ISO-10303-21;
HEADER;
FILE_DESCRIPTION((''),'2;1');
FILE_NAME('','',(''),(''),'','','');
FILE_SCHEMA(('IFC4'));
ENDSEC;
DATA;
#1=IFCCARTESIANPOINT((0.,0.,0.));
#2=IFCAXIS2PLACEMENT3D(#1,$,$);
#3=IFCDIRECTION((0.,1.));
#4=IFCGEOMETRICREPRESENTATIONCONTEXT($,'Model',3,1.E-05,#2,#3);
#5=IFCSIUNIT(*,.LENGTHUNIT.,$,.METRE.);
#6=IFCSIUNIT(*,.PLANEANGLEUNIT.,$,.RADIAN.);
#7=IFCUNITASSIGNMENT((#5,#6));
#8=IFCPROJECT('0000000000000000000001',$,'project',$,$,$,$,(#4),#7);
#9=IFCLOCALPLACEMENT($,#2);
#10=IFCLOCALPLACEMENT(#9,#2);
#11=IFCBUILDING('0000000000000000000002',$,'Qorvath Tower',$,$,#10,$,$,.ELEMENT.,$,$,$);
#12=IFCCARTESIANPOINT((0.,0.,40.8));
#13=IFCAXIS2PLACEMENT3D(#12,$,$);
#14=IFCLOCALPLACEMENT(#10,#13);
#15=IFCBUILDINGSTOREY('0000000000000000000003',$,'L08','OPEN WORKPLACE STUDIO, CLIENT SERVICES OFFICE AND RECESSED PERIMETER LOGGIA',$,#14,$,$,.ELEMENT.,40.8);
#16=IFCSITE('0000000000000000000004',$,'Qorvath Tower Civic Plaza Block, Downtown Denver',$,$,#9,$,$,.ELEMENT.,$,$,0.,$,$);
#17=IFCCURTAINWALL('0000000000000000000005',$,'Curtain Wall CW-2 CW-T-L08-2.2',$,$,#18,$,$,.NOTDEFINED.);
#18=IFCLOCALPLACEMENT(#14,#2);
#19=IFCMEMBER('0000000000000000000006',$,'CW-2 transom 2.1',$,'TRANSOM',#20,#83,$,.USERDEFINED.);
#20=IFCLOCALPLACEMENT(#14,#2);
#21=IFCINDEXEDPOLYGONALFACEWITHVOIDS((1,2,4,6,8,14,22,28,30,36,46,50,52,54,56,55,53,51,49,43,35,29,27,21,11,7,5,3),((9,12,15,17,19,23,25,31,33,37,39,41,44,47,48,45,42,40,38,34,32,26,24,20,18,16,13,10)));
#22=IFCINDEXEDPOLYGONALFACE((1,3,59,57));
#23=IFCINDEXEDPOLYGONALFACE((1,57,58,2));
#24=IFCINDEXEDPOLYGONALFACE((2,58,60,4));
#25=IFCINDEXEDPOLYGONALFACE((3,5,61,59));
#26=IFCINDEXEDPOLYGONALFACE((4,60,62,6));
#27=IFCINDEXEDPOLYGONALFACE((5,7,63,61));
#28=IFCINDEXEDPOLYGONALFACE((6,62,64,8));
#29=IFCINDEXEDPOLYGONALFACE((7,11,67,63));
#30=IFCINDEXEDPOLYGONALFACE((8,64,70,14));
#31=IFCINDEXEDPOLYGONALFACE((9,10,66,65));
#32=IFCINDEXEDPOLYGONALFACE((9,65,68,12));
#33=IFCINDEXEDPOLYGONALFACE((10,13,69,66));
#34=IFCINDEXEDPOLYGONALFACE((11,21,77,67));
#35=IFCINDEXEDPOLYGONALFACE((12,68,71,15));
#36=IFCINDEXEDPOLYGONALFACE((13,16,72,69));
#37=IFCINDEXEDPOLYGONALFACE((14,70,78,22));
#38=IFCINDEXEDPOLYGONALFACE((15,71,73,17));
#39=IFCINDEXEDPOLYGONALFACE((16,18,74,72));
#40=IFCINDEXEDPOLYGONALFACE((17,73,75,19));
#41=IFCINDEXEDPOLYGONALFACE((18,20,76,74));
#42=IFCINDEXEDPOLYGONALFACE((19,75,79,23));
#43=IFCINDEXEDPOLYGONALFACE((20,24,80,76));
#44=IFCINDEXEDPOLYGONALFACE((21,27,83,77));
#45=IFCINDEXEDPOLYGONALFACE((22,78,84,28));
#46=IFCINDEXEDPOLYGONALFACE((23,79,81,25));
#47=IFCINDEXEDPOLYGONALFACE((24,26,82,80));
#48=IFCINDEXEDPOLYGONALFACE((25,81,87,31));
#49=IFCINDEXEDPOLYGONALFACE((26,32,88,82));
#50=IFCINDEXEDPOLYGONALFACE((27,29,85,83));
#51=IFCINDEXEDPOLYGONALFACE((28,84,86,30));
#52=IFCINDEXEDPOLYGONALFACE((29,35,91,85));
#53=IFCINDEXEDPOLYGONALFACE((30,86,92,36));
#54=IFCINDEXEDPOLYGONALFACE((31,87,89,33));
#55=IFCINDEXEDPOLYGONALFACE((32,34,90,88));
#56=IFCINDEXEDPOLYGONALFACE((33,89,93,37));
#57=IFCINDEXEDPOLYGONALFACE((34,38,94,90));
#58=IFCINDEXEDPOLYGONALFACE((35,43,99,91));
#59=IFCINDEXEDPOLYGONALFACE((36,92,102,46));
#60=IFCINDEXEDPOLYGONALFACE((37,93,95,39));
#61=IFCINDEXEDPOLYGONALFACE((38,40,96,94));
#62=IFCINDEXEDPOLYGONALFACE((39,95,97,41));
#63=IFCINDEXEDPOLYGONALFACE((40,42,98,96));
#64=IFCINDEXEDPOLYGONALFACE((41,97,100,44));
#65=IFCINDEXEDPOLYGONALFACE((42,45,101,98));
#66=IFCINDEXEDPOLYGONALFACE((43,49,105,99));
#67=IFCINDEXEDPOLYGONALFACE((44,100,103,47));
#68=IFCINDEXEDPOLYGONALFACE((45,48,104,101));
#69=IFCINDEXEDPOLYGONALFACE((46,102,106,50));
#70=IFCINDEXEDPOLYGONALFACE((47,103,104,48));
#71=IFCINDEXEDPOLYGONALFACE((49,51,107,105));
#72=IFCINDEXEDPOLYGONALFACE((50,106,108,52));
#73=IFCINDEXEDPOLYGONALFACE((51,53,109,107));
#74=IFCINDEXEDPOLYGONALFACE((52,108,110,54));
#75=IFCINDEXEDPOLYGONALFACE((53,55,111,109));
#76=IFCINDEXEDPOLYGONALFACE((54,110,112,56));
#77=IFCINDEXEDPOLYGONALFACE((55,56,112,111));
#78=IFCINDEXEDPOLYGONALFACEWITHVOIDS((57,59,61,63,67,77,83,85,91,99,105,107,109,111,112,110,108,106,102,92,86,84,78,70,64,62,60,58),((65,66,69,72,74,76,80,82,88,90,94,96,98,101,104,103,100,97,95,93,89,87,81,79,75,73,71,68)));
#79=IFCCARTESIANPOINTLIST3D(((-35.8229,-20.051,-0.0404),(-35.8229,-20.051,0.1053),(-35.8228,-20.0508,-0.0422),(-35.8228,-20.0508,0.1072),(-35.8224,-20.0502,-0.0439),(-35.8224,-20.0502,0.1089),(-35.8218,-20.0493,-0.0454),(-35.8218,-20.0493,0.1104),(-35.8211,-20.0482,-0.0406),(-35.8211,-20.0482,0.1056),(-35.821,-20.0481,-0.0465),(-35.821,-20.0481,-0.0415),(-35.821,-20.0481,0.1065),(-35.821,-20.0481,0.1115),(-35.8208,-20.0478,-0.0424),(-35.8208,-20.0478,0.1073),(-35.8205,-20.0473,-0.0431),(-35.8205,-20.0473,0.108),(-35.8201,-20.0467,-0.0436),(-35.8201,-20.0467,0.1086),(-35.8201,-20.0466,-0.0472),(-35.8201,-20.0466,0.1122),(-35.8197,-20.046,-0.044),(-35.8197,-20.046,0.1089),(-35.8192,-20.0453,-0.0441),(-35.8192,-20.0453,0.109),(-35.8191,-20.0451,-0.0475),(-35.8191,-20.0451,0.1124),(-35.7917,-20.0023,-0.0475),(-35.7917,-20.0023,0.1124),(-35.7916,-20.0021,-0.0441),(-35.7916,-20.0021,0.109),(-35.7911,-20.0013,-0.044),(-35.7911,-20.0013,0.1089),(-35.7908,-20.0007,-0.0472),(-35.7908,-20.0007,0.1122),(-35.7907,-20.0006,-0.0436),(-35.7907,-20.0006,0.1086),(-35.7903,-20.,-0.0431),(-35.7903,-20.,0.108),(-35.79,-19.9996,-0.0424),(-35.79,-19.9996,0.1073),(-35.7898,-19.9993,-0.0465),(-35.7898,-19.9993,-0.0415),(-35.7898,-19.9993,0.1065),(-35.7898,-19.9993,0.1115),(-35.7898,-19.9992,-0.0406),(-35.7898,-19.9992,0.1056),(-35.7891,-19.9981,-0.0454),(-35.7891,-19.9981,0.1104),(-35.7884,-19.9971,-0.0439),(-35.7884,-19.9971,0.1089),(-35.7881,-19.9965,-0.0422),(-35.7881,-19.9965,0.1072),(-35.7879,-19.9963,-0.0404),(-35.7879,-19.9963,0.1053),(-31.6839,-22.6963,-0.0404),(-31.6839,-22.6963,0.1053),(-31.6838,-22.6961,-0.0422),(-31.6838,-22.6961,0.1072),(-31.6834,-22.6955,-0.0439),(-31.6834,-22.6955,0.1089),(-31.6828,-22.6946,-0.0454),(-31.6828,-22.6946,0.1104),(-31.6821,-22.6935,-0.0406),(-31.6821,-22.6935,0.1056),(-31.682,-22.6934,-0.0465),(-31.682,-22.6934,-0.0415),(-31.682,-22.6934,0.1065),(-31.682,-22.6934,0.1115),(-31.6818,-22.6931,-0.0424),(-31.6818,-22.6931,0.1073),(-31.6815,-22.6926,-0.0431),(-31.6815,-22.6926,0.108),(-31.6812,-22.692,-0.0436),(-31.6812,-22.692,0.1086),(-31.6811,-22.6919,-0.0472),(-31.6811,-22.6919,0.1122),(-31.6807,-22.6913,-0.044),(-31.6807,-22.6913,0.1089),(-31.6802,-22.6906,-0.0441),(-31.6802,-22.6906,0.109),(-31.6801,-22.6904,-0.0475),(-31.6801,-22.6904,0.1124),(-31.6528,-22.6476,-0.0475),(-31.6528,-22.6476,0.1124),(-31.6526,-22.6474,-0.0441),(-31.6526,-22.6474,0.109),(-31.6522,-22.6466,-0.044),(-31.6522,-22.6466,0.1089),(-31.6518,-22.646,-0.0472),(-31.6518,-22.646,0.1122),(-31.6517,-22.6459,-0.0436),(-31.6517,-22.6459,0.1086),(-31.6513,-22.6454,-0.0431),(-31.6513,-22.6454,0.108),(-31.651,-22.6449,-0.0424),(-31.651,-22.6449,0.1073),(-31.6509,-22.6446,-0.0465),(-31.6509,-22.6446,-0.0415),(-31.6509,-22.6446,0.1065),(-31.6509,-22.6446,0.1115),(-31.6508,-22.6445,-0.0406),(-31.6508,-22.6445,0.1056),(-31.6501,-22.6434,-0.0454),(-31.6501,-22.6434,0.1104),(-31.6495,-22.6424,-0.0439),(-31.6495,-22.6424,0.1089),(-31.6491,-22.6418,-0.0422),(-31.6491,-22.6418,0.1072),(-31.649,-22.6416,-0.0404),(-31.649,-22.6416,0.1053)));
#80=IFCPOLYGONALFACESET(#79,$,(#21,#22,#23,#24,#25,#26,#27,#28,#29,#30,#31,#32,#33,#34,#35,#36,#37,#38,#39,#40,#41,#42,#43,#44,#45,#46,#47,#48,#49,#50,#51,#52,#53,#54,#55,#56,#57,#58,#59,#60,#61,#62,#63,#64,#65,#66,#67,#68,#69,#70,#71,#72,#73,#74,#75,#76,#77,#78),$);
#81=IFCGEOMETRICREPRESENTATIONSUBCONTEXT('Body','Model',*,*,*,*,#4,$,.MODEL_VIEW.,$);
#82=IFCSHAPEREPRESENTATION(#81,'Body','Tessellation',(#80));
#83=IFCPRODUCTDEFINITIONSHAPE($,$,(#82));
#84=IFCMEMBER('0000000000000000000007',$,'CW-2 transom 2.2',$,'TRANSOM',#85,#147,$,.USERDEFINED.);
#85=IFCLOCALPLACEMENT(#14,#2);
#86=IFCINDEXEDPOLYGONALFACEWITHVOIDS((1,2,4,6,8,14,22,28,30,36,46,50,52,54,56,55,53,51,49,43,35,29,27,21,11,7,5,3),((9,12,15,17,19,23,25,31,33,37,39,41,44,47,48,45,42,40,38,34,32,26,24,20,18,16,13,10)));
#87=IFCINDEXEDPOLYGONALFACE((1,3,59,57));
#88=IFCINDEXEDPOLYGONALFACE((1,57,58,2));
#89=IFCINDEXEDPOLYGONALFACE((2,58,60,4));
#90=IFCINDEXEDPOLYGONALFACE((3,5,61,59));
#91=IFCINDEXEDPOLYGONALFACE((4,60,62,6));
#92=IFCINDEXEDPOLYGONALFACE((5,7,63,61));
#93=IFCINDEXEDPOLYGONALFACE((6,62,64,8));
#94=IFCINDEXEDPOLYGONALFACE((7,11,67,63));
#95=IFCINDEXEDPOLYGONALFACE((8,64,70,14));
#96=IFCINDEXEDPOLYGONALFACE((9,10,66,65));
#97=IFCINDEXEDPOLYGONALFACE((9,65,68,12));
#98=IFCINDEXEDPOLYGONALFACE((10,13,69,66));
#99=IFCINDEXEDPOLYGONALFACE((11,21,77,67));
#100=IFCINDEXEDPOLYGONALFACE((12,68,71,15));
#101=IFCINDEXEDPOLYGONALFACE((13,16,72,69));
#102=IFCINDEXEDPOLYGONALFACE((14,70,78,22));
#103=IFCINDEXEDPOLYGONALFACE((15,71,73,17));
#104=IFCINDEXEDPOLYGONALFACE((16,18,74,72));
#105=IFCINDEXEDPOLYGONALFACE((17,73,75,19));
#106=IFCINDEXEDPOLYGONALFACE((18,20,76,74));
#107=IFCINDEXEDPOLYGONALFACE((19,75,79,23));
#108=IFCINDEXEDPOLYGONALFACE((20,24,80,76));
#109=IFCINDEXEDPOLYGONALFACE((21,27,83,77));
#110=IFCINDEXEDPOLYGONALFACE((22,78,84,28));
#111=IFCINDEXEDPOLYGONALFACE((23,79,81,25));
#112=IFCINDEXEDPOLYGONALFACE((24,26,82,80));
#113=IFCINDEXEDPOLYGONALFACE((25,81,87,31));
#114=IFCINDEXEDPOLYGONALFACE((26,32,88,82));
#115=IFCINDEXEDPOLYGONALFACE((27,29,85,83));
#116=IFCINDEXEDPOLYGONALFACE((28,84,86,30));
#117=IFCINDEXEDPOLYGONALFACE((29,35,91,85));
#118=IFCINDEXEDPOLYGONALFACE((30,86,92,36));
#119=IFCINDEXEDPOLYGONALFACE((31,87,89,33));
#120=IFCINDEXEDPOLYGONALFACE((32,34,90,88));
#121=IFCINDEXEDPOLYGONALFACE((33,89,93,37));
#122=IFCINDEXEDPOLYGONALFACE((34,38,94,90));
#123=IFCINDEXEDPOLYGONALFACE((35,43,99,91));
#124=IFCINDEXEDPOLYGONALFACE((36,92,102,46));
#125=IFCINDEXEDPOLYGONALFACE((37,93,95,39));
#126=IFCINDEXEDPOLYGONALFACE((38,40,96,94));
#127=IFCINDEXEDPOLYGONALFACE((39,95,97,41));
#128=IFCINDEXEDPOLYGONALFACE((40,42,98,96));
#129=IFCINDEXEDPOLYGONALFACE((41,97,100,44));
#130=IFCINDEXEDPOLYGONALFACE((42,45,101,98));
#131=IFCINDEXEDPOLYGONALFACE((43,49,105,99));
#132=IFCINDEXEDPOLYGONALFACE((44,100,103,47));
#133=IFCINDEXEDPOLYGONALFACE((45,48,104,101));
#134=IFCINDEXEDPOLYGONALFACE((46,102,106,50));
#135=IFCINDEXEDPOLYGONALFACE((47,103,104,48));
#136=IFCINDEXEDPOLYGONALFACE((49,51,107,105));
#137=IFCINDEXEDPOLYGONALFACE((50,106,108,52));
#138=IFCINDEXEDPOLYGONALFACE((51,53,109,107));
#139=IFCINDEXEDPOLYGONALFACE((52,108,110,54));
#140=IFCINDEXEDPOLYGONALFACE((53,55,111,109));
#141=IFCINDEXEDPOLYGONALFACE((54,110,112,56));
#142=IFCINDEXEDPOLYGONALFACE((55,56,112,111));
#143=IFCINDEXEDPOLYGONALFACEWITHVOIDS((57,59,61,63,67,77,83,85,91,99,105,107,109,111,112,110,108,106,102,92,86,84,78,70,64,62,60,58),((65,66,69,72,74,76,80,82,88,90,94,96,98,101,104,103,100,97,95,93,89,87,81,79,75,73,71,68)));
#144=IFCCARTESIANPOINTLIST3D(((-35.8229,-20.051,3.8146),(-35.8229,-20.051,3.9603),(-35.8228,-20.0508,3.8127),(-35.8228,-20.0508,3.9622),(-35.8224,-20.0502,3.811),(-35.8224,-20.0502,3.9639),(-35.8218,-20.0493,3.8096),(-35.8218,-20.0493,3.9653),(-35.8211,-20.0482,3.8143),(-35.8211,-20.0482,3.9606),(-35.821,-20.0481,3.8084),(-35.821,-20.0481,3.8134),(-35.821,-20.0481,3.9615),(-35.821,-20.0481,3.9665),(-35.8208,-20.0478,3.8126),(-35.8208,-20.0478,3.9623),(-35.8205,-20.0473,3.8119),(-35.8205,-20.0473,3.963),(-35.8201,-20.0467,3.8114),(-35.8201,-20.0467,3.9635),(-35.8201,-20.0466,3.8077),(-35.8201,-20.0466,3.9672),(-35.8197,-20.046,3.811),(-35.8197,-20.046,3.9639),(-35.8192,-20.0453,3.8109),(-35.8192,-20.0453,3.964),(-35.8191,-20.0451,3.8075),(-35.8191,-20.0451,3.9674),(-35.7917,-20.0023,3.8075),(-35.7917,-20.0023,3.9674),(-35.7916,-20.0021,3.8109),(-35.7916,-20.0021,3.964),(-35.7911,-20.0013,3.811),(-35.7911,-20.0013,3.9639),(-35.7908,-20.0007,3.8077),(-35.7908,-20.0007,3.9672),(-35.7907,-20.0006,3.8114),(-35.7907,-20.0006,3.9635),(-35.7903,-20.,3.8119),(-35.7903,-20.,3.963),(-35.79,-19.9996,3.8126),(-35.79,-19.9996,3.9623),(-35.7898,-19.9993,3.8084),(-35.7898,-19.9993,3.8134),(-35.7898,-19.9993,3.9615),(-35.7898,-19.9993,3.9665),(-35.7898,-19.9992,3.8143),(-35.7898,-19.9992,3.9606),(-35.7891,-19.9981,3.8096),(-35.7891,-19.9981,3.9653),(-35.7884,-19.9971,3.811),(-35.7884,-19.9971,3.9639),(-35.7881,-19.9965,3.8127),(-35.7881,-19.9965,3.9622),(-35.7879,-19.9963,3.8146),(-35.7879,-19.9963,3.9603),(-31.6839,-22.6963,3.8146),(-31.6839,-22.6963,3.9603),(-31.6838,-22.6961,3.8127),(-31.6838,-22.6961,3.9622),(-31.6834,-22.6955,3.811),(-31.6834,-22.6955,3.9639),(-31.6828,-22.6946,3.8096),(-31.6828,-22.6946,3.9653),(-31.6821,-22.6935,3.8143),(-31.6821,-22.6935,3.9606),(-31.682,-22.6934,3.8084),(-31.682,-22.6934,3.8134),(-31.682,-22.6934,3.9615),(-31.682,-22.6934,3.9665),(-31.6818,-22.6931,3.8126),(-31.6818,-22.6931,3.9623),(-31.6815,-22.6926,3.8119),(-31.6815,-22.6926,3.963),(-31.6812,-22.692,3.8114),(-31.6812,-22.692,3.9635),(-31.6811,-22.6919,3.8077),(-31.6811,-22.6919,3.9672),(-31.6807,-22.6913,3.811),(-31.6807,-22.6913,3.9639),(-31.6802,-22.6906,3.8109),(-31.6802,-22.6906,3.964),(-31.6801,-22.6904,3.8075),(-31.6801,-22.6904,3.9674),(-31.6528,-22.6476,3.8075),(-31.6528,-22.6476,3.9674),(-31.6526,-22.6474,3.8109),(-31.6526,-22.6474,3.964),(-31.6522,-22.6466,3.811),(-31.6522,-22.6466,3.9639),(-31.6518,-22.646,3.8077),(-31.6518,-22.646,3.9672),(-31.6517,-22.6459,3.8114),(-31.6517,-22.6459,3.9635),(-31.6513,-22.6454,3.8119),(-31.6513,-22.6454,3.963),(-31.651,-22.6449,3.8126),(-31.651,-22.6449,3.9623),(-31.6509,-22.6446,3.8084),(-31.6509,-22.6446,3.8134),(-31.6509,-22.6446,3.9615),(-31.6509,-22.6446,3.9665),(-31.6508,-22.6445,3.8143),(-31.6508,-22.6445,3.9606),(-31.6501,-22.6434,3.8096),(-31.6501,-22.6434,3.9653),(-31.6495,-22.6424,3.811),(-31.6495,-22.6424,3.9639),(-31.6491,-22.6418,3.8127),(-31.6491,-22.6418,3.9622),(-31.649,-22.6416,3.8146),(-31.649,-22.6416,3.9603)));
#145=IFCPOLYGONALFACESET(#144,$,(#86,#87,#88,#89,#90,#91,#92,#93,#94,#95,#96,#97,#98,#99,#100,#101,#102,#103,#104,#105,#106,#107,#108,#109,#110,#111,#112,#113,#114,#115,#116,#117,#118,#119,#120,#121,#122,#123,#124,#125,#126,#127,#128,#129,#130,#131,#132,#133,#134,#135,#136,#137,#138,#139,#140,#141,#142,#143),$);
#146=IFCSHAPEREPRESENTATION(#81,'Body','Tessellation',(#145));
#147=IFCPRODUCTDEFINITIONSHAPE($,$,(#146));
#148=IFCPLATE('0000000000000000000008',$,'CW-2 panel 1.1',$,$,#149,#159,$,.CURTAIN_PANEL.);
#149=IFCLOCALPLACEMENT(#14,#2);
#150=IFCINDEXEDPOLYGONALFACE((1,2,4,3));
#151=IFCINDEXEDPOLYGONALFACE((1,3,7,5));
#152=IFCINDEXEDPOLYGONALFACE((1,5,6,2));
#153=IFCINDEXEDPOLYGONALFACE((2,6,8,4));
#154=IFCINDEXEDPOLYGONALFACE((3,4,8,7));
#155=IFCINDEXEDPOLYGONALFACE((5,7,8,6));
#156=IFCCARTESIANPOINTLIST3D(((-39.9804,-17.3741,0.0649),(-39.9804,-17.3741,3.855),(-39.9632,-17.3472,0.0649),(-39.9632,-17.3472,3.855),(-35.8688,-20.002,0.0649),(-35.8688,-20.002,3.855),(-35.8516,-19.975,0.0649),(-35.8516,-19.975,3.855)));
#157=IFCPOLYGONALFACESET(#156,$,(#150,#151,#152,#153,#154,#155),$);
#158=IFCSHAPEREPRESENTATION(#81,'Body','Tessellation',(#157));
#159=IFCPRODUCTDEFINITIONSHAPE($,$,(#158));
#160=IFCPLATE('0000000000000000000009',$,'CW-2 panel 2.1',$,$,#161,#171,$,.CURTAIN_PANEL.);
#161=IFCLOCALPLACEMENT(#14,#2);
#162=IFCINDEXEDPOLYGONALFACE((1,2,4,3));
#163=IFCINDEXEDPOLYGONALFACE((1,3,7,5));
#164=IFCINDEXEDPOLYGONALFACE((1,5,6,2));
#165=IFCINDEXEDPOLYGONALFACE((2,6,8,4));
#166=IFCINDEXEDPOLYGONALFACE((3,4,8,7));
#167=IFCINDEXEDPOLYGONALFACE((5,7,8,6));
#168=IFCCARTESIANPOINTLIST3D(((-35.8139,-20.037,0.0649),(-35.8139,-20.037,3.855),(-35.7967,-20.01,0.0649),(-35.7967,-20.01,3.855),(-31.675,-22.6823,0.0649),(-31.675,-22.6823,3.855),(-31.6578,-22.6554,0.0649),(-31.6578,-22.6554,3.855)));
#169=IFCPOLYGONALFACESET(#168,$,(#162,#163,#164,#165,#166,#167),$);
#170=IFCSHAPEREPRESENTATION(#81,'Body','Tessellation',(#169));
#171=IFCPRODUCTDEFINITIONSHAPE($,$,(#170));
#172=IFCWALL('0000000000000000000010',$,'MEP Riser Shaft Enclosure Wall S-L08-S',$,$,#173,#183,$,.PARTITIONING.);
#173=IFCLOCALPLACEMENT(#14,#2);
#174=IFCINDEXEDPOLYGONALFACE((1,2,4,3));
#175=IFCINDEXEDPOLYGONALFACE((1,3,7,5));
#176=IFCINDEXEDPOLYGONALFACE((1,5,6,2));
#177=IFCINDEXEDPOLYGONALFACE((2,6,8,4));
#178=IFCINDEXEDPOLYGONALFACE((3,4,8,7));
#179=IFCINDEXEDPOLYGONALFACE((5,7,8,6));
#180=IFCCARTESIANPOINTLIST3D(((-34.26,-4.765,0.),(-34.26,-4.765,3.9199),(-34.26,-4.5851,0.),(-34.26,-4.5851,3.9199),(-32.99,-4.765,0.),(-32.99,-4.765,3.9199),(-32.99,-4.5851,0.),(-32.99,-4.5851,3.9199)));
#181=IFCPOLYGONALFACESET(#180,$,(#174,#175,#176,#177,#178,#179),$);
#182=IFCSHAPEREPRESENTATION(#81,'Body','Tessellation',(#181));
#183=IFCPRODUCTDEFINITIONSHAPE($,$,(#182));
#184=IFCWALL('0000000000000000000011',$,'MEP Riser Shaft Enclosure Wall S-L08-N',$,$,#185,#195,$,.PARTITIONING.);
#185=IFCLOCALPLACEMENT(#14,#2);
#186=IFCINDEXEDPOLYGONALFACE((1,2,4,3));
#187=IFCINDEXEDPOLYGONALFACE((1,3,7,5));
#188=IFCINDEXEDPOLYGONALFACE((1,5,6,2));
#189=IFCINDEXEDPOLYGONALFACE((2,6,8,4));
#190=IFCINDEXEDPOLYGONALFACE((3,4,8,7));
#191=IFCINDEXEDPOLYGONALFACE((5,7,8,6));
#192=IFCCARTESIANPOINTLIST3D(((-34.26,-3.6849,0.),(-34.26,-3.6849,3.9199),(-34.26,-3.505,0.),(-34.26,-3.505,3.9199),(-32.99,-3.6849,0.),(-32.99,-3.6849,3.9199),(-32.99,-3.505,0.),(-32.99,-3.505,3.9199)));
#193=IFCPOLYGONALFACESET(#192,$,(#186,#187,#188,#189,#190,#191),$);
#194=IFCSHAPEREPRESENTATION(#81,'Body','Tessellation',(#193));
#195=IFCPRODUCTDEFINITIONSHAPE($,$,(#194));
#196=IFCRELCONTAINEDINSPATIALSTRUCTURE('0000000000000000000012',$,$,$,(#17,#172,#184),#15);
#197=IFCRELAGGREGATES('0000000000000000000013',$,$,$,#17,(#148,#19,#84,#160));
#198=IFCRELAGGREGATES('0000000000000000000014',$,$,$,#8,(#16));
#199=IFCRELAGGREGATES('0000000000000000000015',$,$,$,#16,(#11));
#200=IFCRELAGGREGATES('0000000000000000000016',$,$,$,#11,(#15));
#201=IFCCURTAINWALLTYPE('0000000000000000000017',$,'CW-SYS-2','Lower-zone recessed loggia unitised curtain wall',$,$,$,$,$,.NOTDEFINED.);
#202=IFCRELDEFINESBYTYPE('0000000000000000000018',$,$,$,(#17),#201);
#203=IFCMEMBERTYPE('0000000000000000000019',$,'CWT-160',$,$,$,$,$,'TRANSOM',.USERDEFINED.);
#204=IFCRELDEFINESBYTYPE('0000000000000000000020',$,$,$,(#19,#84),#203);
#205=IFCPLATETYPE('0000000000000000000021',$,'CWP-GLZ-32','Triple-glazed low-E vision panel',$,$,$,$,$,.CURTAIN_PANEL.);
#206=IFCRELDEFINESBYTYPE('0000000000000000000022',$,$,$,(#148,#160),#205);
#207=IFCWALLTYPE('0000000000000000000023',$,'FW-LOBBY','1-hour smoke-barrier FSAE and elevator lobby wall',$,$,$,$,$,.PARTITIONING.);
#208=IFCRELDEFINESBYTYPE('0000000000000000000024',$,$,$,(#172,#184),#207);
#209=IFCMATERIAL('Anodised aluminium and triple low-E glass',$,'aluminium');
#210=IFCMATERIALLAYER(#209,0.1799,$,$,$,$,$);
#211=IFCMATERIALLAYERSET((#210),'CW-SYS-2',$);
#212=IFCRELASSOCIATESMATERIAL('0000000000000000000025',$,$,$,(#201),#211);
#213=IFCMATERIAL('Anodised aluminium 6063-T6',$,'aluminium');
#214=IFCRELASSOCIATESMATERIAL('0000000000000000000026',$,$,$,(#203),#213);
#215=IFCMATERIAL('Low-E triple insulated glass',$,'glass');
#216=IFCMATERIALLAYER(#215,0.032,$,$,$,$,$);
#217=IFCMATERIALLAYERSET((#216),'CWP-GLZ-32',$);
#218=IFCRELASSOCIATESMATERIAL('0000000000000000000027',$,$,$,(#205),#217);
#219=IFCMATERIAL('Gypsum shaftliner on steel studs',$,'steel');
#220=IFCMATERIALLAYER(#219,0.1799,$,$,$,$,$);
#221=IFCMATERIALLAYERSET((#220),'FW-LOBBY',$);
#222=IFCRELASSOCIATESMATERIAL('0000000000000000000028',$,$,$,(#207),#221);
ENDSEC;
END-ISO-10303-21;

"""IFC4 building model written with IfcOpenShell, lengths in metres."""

from ifc_helpers import new_model, si_unit, direction, frame, frame_2d, origin, origin_2d, place, context, subcontext, project, spatial, rectangle, hollow_rectangle, extrude, material, layer, layer_set, material_profile, profile_set, type_object, element, aggregate, save


model = new_model("IFC4")

# Units and contexts
model_context = context("Model", 3, precision=1e-05, world=origin(), true_north=direction((0.0, 1.0)))
body_context = subcontext(model_context, "Body", "Model", "MODEL_VIEW")
ifc_project = project(units=[si_unit("LENGTHUNIT", "METRE"), si_unit("PLANEANGLEUNIT", "RADIAN")], contexts=[model_context])

# Site, building, storey
site_placement = place(None, origin())
site = spatial("IfcSite", under=ifc_project, at=site_placement, Name="Qorvath Tower Civic Plaza Block, Downtown Denver", CompositionType="ELEMENT", RefElevation=0.0)
building_placement = place(site_placement, origin())
building = spatial("IfcBuilding", under=site, at=building_placement, Name="Qorvath Tower", CompositionType="ELEMENT")
storey_placement = place(building_placement, frame((0.0, 0.0, 40.8)))
storey = spatial("IfcBuildingStorey", under=building, at=storey_placement, Name="L08", Description="OPEN WORKPLACE STUDIO, CLIENT SERVICES OFFICE AND RECESSED PERIMETER LOGGIA", CompositionType="ELEMENT", Elevation=40.8)

# Curtain wall, members, plates
ifc_material_1 = material(Name="Anodised aluminium and triple low-E glass", Category="aluminium")
ifc_layer_1 = layer(ifc_material_1, 0.1799)
ifc_layer_set_1 = layer_set([ifc_layer_1], Name="CW-SYS-2")
curtain_wall_type = type_object("IfcCurtainWallType", Name="CW-SYS-2", Description="Lower-zone recessed loggia unitised curtain wall", PredefinedType="NOTDEFINED", material=ifc_layer_set_1)
curtain_wall_placement = place(storey_placement, origin())
curtain_wall = element("IfcCurtainWall", 1, at=curtain_wall_placement, inside=storey, type_object=curtain_wall_type, Name="Curtain Wall CW-2 CW-T-L08-2.2", PredefinedType="NOTDEFINED")
ifc_material_2 = material(Name="Anodised aluminium 6063-T6", Category="aluminium")
ifc_material_profile_1 = material_profile(ifc_material_2, hollow_rectangle(XDim=0.0649, YDim=0.1599, WallThickness=0.0034, InnerFilletRadius=0.0034, OuterFilletRadius=0.0071, at=origin_2d()), Name="CWT 160x65")
ifc_profile_set_1 = profile_set([ifc_material_profile_1], Name="Anodised aluminium 6063-T6")
member_type_1 = type_object("IfcMemberType", Name="CWT-160", ElementType="TRANSOM", PredefinedType="USERDEFINED", material=ifc_profile_set_1)
member_1_placement = place(storey_placement, frame((-35.8054, -20.0237, 0.0325), z_axis=(0.842608, -0.538528, 0.0), x_axis=(0.538528, 0.842608, 0.0)))
member_1 = element("IfcMember", 2, at=member_1_placement, type_object=member_type_1, Name="CW-2 transom 2.1", ObjectType="TRANSOM", PredefinedType="USERDEFINED", context=body_context, shape_type="SweptSolid", body=[
    extrude(hollow_rectangle(XDim=0.0649, YDim=0.1599, WallThickness=0.0034, InnerFilletRadius=0.0034, OuterFilletRadius=0.0071, at=origin_2d()), origin(), (0.0, 0.0, 1.0), 4.9121),
])
member_2_placement = place(storey_placement, frame((-35.8054, -20.0237, 3.8875), z_axis=(0.842608, -0.538528, 0.0), x_axis=(0.538528, 0.842608, 0.0)))
member_2 = element("IfcMember", 3, at=member_2_placement, type_object=member_type_1, Name="CW-2 transom 2.2", ObjectType="TRANSOM", PredefinedType="USERDEFINED", context=body_context, shape_type="SweptSolid", body=[
    extrude(hollow_rectangle(XDim=0.0649, YDim=0.1599, WallThickness=0.0034, InnerFilletRadius=0.0034, OuterFilletRadius=0.0071, at=origin_2d()), origin(), (0.0, 0.0, 1.0), 4.9121),
])
ifc_material_3 = material(Name="Low-E triple insulated glass", Category="glass")
ifc_layer_2 = layer(ifc_material_3, 0.032)
ifc_layer_set_2 = layer_set([ifc_layer_2], Name="CWP-GLZ-32")
plate_type = type_object("IfcPlateType", Name="CWP-GLZ-32", Description="Triple-glazed low-E vision panel", PredefinedType="CURTAIN_PANEL", material=ifc_layer_set_2)
plate_1_placement = place(storey_placement, frame((-37.916, -18.6746, 0.0649), z_axis=(0.0, 0.0, 1.0), x_axis=(0.842602, -0.538537, 0.0)))
plate_1 = element("IfcPlate", 4, at=plate_1_placement, type_object=plate_type, Name="CW-2 panel 1.1", PredefinedType="CURTAIN_PANEL", context=body_context, shape_type="SweptSolid", body=[
    extrude(rectangle(XDim=4.8796, YDim=0.032, at=origin_2d()), origin(), (0.0, 0.0, 1.0), 3.79),
])
plate_2_placement = place(storey_placement, frame((-33.7358, -21.3462, 0.0649), z_axis=(0.0, 0.0, 1.0), x_axis=(0.842602, -0.538537, 0.0)))
plate_2 = element("IfcPlate", 5, at=plate_2_placement, type_object=plate_type, Name="CW-2 panel 2.1", PredefinedType="CURTAIN_PANEL", context=body_context, shape_type="SweptSolid", body=[
    extrude(rectangle(XDim=4.9121, YDim=0.032, at=origin_2d()), origin(), (0.0, 0.0, 1.0), 3.79),
])
aggregate(curtain_wall, [plate_1, member_1, member_2, plate_2])

# Walls
ifc_material_4 = material(Name="Gypsum shaftliner on steel studs", Category="steel")
ifc_layer_3 = layer(ifc_material_4, 0.1799)
ifc_layer_set_3 = layer_set([ifc_layer_3], Name="FW-LOBBY")
wall_type_1 = type_object("IfcWallType", Name="FW-LOBBY", Description="1-hour smoke-barrier FSAE and elevator lobby wall", PredefinedType="PARTITIONING", material=ifc_layer_set_3)
for number, where, z_axis, x_axis, name in (
    (6, (-32.99, -4.675, 0.0), (0.0, 0.0, 1.0), (-1.0, 0.0, 0.0), "MEP Riser Shaft Enclosure Wall S-L08-S"),
    (7, (-34.26, -3.595, 0.0), (0.0, 0.0, 1.0), (1.0, 0.0, 0.0), "MEP Riser Shaft Enclosure Wall S-L08-N"),
):
    element("IfcWall", number, at=place(storey_placement, frame(where, z_axis=z_axis, x_axis=x_axis)), inside=storey, type_object=wall_type_1, Name=name, PredefinedType="PARTITIONING", context=body_context, shape_type="SweptSolid", body=[
        extrude(rectangle(XDim=1.27, YDim=0.1799, at=frame_2d((0.635, 0.0))), origin(), (0.0, 0.0, 1.0), 3.9199),
    ])

save(model, "model.ifc")
